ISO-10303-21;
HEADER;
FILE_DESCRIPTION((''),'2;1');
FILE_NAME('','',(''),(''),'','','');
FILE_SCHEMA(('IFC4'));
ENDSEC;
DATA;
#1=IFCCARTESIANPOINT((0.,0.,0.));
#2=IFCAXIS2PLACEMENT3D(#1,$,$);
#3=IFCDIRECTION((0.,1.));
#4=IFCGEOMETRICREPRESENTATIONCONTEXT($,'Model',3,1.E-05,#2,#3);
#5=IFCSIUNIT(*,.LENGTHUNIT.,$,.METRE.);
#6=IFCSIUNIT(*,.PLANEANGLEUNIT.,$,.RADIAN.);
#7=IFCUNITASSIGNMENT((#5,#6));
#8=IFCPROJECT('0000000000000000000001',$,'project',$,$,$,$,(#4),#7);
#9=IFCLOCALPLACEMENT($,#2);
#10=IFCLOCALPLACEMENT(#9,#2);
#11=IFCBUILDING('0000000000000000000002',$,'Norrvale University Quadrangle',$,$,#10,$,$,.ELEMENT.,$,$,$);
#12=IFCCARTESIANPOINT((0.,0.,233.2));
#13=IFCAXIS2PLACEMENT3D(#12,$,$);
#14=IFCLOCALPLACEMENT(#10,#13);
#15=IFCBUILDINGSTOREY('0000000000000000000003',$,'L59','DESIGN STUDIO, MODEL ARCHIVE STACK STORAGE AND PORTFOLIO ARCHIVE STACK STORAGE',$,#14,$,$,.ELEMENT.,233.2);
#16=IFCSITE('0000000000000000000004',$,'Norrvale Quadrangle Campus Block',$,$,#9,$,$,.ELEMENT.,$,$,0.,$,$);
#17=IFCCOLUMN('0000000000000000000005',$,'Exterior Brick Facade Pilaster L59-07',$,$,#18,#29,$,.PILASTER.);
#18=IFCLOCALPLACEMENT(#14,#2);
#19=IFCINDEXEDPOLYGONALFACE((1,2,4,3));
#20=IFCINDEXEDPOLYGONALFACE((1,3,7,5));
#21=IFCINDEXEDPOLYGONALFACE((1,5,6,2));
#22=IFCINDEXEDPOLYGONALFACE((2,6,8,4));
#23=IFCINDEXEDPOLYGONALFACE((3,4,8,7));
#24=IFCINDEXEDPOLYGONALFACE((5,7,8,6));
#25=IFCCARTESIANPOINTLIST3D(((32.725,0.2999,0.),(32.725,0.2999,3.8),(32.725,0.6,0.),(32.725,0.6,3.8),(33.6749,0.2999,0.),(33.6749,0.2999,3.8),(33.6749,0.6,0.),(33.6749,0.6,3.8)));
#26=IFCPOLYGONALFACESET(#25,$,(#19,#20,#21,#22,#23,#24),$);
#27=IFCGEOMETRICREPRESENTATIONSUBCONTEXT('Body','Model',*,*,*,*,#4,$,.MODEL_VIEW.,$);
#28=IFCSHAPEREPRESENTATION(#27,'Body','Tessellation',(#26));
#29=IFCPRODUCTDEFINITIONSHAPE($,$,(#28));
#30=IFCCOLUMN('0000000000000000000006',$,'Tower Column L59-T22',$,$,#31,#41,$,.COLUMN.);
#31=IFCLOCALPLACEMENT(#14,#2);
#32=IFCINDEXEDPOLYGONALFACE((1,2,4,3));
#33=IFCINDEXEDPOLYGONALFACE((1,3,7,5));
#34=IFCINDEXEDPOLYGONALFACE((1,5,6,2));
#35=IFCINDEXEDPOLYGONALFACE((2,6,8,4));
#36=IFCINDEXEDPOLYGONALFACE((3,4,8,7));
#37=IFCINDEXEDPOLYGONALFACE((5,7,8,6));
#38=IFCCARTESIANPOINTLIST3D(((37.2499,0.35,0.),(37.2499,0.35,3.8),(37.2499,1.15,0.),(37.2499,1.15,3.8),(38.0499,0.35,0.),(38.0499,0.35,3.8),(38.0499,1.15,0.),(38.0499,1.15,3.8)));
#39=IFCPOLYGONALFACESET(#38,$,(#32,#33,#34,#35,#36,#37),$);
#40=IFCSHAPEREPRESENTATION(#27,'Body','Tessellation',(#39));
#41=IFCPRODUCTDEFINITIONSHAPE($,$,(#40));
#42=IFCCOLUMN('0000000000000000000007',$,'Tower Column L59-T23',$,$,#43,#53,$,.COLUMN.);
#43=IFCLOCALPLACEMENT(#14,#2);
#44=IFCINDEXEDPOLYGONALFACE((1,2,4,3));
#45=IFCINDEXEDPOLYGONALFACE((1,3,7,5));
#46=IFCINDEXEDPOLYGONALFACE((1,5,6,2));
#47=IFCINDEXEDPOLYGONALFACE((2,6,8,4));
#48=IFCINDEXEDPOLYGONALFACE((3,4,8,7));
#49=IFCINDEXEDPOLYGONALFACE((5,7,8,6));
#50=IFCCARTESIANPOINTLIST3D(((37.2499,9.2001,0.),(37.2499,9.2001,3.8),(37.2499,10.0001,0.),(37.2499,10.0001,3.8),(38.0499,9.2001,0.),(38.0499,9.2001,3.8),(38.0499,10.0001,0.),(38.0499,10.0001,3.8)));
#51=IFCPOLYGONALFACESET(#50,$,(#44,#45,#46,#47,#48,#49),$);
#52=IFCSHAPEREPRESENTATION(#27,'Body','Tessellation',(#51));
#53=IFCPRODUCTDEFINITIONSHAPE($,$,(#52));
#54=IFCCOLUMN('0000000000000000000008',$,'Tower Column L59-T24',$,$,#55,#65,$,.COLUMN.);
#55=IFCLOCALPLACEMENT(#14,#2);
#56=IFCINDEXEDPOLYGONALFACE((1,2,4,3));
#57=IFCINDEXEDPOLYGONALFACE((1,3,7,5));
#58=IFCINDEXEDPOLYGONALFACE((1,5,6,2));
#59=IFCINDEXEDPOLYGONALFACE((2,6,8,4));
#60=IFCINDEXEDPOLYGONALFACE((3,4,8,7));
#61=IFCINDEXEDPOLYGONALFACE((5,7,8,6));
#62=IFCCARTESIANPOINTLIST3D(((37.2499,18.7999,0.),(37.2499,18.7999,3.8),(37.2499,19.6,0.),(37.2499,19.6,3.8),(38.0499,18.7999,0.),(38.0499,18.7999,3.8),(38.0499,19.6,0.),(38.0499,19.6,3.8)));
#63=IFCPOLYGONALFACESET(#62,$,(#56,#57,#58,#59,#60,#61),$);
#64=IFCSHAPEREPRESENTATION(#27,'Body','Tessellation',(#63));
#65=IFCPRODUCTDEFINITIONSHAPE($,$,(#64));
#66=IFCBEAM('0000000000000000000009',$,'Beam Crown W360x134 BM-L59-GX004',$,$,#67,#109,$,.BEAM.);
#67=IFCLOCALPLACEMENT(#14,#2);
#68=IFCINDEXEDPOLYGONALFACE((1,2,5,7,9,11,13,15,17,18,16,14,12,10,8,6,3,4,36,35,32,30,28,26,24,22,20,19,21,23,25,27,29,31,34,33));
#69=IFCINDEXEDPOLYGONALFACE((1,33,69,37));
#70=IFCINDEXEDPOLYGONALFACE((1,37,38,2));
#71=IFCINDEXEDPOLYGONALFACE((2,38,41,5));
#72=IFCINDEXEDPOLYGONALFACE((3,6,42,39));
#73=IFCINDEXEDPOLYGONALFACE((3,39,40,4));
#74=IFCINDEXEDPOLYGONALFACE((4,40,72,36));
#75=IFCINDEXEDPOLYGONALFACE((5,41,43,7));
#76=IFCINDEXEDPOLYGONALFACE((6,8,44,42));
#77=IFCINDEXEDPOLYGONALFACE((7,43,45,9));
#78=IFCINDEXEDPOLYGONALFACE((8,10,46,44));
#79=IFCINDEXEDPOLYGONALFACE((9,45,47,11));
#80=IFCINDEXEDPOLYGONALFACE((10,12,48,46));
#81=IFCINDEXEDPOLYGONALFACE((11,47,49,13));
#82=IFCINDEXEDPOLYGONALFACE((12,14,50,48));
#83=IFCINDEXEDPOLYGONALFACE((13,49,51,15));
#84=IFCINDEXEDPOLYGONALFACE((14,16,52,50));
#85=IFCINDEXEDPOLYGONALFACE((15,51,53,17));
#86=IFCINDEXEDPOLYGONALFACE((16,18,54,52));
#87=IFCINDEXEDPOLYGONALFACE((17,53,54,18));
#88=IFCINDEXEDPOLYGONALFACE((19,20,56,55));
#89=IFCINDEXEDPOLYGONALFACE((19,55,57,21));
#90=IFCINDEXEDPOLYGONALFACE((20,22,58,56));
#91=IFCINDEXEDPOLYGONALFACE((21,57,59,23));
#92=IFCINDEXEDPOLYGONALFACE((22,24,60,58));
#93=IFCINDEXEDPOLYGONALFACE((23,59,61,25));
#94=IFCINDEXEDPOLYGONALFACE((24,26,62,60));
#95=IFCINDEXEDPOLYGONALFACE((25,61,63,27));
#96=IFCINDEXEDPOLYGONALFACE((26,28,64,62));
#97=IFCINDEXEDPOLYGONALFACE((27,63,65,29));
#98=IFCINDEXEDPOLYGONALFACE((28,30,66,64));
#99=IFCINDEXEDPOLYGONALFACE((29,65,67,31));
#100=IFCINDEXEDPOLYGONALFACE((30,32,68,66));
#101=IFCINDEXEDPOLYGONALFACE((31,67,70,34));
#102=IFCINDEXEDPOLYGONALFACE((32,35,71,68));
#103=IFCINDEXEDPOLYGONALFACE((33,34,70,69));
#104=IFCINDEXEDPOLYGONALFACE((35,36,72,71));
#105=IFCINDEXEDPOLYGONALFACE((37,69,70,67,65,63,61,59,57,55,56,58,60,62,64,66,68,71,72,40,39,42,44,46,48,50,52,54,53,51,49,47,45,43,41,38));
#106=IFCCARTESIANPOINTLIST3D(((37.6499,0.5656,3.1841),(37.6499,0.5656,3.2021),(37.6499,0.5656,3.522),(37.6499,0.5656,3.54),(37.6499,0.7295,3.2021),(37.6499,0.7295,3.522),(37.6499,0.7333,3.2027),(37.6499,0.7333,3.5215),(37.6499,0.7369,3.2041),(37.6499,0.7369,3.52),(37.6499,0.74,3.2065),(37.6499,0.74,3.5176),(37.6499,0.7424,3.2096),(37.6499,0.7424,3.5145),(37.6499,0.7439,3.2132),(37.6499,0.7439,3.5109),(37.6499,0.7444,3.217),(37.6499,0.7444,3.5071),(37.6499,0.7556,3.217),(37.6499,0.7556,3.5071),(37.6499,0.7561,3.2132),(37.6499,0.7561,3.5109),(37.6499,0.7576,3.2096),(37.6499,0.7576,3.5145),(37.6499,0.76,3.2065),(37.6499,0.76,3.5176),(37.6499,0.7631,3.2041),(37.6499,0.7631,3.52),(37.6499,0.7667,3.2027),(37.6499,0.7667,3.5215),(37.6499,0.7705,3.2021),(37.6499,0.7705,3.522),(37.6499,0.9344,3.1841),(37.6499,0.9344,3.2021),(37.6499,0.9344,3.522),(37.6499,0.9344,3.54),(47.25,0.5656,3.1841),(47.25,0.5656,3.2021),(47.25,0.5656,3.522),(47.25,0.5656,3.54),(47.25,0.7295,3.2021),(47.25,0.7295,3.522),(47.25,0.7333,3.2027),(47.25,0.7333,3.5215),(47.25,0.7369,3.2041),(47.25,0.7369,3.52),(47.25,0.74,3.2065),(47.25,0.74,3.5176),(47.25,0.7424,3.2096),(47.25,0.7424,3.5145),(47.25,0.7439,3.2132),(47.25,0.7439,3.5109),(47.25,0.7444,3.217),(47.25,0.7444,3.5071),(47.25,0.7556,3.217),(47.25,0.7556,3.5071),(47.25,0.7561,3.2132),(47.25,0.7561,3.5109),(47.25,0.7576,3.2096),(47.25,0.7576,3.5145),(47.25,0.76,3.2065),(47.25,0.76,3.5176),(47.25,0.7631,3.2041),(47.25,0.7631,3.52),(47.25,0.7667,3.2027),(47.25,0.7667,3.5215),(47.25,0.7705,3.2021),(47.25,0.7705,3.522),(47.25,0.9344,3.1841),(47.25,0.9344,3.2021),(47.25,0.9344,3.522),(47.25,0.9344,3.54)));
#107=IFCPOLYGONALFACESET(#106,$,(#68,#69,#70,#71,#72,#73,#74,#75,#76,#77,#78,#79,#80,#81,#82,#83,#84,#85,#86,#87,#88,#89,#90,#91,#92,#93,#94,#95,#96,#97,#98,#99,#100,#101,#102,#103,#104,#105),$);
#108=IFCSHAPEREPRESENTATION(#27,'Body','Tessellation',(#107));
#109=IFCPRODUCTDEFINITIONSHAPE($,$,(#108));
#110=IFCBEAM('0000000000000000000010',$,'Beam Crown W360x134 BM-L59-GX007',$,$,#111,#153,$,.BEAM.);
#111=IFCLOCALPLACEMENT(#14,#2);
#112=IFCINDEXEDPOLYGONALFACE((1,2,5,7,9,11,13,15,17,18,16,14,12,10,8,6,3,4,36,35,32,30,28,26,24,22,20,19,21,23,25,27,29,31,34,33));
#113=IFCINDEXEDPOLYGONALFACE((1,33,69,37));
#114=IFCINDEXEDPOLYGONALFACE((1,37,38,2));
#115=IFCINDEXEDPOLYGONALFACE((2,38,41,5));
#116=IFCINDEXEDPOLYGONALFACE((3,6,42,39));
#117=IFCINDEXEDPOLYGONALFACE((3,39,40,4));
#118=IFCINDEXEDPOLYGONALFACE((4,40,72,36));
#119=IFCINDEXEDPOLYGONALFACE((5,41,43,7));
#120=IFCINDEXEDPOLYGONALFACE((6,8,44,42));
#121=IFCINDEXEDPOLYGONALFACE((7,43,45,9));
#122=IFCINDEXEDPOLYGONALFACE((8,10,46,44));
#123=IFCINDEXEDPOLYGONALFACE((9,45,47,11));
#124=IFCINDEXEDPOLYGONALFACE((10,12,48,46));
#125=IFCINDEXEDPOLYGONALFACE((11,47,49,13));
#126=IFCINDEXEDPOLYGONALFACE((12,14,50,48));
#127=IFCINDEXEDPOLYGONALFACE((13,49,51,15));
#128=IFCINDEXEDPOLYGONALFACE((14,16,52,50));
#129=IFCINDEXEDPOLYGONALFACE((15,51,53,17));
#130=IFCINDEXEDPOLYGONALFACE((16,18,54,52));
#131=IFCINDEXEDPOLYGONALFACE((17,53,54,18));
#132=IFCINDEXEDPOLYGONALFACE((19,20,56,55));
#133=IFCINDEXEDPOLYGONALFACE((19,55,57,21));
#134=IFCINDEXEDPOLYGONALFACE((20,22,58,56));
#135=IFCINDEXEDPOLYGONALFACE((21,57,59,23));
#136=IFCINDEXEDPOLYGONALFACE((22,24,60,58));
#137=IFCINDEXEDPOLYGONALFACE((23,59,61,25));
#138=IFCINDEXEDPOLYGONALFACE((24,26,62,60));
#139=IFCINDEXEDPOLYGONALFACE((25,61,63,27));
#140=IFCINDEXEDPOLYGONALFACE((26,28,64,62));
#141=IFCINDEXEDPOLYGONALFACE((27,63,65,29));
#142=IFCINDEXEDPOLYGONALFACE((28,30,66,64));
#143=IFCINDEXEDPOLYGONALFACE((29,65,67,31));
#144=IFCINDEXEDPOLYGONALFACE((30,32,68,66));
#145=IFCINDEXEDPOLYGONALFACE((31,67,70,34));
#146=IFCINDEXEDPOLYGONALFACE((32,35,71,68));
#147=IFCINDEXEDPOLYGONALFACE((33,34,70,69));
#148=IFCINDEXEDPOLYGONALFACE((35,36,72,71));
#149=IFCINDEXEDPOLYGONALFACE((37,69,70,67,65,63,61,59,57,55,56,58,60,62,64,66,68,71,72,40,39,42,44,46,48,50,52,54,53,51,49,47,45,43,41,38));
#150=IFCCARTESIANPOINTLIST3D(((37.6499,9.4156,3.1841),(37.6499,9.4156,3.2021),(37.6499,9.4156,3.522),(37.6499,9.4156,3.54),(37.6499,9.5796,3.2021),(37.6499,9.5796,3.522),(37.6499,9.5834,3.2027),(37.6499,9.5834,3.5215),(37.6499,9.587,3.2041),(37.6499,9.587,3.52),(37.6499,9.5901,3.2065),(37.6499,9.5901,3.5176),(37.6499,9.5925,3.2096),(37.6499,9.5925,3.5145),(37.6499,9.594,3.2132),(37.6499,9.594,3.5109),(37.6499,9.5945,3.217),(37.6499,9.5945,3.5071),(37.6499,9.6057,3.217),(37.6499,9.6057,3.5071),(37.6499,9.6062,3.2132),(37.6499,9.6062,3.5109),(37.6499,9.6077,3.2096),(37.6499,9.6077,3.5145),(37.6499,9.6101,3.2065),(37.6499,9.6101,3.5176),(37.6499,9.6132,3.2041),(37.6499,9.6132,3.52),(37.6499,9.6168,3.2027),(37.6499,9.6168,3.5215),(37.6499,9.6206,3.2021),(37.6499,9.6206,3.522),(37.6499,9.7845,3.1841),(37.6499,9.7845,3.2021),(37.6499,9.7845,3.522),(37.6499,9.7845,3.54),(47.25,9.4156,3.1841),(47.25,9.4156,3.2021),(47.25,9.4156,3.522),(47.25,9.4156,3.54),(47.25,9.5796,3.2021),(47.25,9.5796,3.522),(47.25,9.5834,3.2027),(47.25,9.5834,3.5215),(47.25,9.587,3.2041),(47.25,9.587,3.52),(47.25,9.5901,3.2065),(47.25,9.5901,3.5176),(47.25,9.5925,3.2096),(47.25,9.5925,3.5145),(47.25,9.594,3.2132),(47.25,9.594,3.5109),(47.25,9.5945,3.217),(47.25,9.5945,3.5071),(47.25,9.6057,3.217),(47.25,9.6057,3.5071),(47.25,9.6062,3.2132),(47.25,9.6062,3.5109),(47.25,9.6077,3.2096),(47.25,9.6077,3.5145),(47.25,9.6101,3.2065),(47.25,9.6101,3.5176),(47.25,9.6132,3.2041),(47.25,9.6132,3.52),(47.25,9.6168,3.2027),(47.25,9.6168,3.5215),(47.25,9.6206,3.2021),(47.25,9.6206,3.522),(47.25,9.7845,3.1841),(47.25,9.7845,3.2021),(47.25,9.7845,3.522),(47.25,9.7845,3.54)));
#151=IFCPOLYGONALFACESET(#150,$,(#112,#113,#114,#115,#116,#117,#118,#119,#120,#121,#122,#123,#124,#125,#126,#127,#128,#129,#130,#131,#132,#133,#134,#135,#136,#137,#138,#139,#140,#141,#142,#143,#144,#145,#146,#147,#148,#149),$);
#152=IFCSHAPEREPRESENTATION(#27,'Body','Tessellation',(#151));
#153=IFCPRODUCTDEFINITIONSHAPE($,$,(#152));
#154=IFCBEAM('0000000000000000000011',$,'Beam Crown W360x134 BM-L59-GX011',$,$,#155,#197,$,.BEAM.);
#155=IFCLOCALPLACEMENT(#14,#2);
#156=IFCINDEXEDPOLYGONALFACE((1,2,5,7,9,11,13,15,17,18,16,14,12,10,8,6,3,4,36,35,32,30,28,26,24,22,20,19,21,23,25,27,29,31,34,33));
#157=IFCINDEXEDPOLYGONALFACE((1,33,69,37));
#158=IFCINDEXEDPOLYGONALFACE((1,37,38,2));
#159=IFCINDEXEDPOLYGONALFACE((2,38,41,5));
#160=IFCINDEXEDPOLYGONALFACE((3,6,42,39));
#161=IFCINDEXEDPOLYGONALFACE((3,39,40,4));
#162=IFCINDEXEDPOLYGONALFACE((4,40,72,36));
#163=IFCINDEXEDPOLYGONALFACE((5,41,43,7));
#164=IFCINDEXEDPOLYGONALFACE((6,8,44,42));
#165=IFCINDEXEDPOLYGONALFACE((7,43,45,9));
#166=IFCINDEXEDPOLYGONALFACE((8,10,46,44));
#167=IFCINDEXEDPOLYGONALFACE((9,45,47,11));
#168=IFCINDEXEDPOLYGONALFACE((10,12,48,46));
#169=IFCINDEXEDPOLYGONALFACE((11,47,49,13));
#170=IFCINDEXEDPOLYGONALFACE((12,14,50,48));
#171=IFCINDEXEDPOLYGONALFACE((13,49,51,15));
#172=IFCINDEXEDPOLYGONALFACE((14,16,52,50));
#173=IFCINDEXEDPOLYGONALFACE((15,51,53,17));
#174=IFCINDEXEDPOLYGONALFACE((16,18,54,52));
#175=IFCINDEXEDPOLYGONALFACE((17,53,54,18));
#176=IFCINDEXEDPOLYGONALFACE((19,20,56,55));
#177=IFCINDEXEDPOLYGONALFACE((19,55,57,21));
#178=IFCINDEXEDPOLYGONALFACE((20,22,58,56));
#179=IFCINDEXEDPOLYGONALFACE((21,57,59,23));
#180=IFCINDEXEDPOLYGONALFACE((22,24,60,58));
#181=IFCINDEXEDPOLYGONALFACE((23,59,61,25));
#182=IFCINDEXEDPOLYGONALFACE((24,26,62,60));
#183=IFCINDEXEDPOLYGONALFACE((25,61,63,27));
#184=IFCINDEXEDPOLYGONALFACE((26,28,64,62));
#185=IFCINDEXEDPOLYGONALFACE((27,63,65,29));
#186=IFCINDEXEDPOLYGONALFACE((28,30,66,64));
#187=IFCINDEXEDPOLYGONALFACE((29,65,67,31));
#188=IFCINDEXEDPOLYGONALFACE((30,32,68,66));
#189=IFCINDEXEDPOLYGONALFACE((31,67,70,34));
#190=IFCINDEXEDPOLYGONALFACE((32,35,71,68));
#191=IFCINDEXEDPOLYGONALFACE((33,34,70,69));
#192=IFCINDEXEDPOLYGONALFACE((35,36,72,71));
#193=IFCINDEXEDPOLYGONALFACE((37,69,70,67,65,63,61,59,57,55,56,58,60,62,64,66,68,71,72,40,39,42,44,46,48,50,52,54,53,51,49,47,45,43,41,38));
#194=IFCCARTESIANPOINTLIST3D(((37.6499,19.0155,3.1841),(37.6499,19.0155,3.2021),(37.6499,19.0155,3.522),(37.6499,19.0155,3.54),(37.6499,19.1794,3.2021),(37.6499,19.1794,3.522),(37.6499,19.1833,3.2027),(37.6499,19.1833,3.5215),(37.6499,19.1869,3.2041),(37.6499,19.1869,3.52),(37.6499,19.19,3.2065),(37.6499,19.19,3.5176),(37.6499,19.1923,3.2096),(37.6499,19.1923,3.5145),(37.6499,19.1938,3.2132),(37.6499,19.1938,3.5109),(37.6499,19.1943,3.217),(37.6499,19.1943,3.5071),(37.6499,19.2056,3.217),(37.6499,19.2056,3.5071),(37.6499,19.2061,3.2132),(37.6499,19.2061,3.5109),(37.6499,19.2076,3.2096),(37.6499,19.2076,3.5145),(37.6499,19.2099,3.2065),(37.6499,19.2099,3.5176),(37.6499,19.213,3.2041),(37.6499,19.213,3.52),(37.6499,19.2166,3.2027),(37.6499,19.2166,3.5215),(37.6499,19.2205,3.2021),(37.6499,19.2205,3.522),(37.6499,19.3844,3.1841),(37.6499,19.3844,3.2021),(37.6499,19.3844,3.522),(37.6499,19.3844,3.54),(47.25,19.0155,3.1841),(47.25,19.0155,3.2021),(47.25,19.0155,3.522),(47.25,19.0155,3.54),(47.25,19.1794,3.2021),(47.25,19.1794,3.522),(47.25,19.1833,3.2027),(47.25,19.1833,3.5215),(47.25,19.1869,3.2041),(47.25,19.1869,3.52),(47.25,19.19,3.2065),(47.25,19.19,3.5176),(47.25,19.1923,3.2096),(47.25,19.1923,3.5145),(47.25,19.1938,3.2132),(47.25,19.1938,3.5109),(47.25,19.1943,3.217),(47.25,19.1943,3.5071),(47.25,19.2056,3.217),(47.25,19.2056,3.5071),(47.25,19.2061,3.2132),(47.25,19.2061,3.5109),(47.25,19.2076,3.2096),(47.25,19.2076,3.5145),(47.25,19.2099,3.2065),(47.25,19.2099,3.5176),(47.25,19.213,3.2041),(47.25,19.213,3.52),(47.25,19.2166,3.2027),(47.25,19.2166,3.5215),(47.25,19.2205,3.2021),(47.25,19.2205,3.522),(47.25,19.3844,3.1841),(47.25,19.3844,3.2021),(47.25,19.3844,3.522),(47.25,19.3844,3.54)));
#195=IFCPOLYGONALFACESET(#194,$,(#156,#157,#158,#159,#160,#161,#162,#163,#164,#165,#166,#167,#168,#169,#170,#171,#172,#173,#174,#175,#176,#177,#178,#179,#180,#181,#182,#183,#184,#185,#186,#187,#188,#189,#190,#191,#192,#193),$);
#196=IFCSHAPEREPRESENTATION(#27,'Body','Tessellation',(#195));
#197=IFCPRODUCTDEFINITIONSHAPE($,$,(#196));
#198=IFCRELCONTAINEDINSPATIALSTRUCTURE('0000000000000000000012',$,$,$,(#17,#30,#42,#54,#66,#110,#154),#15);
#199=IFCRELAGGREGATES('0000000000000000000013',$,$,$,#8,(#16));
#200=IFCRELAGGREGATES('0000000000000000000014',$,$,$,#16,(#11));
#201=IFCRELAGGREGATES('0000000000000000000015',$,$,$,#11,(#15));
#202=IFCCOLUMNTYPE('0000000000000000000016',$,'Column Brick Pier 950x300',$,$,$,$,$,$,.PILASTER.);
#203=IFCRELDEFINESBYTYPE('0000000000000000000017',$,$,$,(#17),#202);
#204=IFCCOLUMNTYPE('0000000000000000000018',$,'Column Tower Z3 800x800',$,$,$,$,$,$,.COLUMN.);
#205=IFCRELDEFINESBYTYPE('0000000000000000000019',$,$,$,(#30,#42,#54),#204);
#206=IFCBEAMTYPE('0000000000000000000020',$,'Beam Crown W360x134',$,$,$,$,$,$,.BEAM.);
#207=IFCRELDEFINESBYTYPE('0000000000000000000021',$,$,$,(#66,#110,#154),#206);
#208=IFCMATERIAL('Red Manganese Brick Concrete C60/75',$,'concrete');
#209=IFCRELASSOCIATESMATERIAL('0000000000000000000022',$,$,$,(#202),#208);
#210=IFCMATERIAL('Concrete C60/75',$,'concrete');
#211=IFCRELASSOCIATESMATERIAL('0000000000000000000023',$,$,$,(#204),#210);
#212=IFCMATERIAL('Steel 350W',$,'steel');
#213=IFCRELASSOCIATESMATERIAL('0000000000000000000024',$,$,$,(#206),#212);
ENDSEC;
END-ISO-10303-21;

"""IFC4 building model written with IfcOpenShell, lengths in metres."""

from ifc_helpers import new_model, si_unit, direction, frame, origin, origin_2d, place, context, subcontext, project, spatial, rectangle, i_section, extrude, material, material_profile, profile_set, type_object, element, save


model = new_model("IFC4")

# Units and contexts
model_context = context("Model", 3, precision=1e-05, world=origin(), true_north=direction((0.0, 1.0)))
body_context = subcontext(model_context, "Body", "Model", "MODEL_VIEW")
ifc_project = project(units=[si_unit("LENGTHUNIT", "METRE"), si_unit("PLANEANGLEUNIT", "RADIAN")], contexts=[model_context])

# Site, building, storey
site_placement = place(None, origin())
site = spatial("IfcSite", under=ifc_project, at=site_placement, Name="Norrvale Quadrangle Campus Block", CompositionType="ELEMENT", RefElevation=0.0)
building_placement = place(site_placement, origin())
building = spatial("IfcBuilding", under=site, at=building_placement, Name="Norrvale University Quadrangle", CompositionType="ELEMENT")
storey_placement = place(building_placement, frame((0.0, 0.0, 233.2)))
storey = spatial("IfcBuildingStorey", under=building, at=storey_placement, Name="L59", Description="DESIGN STUDIO, MODEL ARCHIVE STACK STORAGE AND PORTFOLIO ARCHIVE STACK STORAGE", CompositionType="ELEMENT", Elevation=233.2)

# Columns
ifc_material_1 = material(Name="Red Manganese Brick Concrete C60/75", Category="concrete")
ifc_material_profile_1 = material_profile(ifc_material_1, rectangle(XDim=0.95, YDim=0.3, at=origin_2d()), Name="Red Manganese Brick Concrete C60/75")
ifc_profile_set_1 = profile_set([ifc_material_profile_1], Name="Red Manganese Brick Concrete C60/75")
column_type_1 = type_object("IfcColumnType", Name="Column Brick Pier 950x300", PredefinedType="PILASTER", material=ifc_profile_set_1)
column_placement = place(storey_placement, frame((33.2, 0.45, 0.0), z_axis=(0.0, 0.0, 1.0), x_axis=(1.0, 0.0, 0.0)))
element("IfcColumn", 1, at=column_placement, inside=storey, type_object=column_type_1, Name="Exterior Brick Facade Pilaster L59-07", PredefinedType="PILASTER", context=body_context, shape_type="SweptSolid", body=[
    extrude(rectangle(XDim=0.95, YDim=0.3, at=origin_2d()), origin(), (0.0, 0.0, 1.0), 3.8),
])
ifc_material_2 = material(Name="Concrete C60/75", Category="concrete")
ifc_material_profile_2 = material_profile(ifc_material_2, rectangle(XDim=0.8, YDim=0.8, at=origin_2d()), Name="Concrete C60/75")
ifc_profile_set_2 = profile_set([ifc_material_profile_2], Name="Concrete C60/75")
column_type_2 = type_object("IfcColumnType", Name="Column Tower Z3 800x800", PredefinedType="COLUMN", material=ifc_profile_set_2)
for number, where, z_axis, x_axis, name in (
    (2, (37.6499, 0.75, 0.0), (0.0, 0.0, 1.0), (1.0, 0.0, 0.0), "Tower Column L59-T22"),
    (3, (37.6499, 9.6001, 0.0), (0.0, 0.0, 1.0), (1.0, 0.0, 0.0), "Tower Column L59-T23"),
    (4, (37.6499, 19.2, 0.0), (0.0, 0.0, 1.0), (1.0, 0.0, 0.0), "Tower Column L59-T24"),
):
    element("IfcColumn", number, at=place(storey_placement, frame(where, z_axis=z_axis, x_axis=x_axis)), inside=storey, type_object=column_type_2, Name=name, PredefinedType="COLUMN", context=body_context, shape_type="SweptSolid", body=[
        extrude(rectangle(XDim=0.8, YDim=0.8, at=origin_2d()), origin(), (0.0, 0.0, 1.0), 3.8),
    ])

# Beams
ifc_material_3 = material(Name="Steel 350W", Category="steel")
ifc_material_profile_3 = material_profile(ifc_material_3, i_section(OverallWidth=0.3689, OverallDepth=0.356, WebThickness=0.0112, FlangeThickness=0.0181, FilletRadius=0.0149, at=origin_2d()), Name="Steel 350W")
ifc_profile_set_3 = profile_set([ifc_material_profile_3], Name="Steel 350W")
beam_type_1 = type_object("IfcBeamType", Name="Beam Crown W360x134", PredefinedType="BEAM", material=ifc_profile_set_3)
for number, where, z_axis, x_axis, name in (
    (5, (37.6499, 0.75, 3.3621), (1.0, 0.0, 0.0), (0.0, 1.0, 0.0), "Beam Crown W360x134 BM-L59-GX004"),
    (6, (37.6499, 9.6001, 3.3621), (1.0, 0.0, 0.0), (0.0, 1.0, 0.0), "Beam Crown W360x134 BM-L59-GX007"),
    (7, (37.6499, 19.2, 3.3621), (1.0, 0.0, 0.0), (0.0, 1.0, 0.0), "Beam Crown W360x134 BM-L59-GX011"),
):
    element("IfcBeam", number, at=place(storey_placement, frame(where, z_axis=z_axis, x_axis=x_axis)), inside=storey, type_object=beam_type_1, Name=name, PredefinedType="BEAM", context=body_context, shape_type="SweptSolid", body=[
        extrude(i_section(OverallWidth=0.3689, OverallDepth=0.356, WebThickness=0.0112, FlangeThickness=0.0181, FilletRadius=0.0149, at=origin_2d()), origin(), (0.0, 0.0, 1.0), 9.6001),
    ])

save(model, "model.ifc")
